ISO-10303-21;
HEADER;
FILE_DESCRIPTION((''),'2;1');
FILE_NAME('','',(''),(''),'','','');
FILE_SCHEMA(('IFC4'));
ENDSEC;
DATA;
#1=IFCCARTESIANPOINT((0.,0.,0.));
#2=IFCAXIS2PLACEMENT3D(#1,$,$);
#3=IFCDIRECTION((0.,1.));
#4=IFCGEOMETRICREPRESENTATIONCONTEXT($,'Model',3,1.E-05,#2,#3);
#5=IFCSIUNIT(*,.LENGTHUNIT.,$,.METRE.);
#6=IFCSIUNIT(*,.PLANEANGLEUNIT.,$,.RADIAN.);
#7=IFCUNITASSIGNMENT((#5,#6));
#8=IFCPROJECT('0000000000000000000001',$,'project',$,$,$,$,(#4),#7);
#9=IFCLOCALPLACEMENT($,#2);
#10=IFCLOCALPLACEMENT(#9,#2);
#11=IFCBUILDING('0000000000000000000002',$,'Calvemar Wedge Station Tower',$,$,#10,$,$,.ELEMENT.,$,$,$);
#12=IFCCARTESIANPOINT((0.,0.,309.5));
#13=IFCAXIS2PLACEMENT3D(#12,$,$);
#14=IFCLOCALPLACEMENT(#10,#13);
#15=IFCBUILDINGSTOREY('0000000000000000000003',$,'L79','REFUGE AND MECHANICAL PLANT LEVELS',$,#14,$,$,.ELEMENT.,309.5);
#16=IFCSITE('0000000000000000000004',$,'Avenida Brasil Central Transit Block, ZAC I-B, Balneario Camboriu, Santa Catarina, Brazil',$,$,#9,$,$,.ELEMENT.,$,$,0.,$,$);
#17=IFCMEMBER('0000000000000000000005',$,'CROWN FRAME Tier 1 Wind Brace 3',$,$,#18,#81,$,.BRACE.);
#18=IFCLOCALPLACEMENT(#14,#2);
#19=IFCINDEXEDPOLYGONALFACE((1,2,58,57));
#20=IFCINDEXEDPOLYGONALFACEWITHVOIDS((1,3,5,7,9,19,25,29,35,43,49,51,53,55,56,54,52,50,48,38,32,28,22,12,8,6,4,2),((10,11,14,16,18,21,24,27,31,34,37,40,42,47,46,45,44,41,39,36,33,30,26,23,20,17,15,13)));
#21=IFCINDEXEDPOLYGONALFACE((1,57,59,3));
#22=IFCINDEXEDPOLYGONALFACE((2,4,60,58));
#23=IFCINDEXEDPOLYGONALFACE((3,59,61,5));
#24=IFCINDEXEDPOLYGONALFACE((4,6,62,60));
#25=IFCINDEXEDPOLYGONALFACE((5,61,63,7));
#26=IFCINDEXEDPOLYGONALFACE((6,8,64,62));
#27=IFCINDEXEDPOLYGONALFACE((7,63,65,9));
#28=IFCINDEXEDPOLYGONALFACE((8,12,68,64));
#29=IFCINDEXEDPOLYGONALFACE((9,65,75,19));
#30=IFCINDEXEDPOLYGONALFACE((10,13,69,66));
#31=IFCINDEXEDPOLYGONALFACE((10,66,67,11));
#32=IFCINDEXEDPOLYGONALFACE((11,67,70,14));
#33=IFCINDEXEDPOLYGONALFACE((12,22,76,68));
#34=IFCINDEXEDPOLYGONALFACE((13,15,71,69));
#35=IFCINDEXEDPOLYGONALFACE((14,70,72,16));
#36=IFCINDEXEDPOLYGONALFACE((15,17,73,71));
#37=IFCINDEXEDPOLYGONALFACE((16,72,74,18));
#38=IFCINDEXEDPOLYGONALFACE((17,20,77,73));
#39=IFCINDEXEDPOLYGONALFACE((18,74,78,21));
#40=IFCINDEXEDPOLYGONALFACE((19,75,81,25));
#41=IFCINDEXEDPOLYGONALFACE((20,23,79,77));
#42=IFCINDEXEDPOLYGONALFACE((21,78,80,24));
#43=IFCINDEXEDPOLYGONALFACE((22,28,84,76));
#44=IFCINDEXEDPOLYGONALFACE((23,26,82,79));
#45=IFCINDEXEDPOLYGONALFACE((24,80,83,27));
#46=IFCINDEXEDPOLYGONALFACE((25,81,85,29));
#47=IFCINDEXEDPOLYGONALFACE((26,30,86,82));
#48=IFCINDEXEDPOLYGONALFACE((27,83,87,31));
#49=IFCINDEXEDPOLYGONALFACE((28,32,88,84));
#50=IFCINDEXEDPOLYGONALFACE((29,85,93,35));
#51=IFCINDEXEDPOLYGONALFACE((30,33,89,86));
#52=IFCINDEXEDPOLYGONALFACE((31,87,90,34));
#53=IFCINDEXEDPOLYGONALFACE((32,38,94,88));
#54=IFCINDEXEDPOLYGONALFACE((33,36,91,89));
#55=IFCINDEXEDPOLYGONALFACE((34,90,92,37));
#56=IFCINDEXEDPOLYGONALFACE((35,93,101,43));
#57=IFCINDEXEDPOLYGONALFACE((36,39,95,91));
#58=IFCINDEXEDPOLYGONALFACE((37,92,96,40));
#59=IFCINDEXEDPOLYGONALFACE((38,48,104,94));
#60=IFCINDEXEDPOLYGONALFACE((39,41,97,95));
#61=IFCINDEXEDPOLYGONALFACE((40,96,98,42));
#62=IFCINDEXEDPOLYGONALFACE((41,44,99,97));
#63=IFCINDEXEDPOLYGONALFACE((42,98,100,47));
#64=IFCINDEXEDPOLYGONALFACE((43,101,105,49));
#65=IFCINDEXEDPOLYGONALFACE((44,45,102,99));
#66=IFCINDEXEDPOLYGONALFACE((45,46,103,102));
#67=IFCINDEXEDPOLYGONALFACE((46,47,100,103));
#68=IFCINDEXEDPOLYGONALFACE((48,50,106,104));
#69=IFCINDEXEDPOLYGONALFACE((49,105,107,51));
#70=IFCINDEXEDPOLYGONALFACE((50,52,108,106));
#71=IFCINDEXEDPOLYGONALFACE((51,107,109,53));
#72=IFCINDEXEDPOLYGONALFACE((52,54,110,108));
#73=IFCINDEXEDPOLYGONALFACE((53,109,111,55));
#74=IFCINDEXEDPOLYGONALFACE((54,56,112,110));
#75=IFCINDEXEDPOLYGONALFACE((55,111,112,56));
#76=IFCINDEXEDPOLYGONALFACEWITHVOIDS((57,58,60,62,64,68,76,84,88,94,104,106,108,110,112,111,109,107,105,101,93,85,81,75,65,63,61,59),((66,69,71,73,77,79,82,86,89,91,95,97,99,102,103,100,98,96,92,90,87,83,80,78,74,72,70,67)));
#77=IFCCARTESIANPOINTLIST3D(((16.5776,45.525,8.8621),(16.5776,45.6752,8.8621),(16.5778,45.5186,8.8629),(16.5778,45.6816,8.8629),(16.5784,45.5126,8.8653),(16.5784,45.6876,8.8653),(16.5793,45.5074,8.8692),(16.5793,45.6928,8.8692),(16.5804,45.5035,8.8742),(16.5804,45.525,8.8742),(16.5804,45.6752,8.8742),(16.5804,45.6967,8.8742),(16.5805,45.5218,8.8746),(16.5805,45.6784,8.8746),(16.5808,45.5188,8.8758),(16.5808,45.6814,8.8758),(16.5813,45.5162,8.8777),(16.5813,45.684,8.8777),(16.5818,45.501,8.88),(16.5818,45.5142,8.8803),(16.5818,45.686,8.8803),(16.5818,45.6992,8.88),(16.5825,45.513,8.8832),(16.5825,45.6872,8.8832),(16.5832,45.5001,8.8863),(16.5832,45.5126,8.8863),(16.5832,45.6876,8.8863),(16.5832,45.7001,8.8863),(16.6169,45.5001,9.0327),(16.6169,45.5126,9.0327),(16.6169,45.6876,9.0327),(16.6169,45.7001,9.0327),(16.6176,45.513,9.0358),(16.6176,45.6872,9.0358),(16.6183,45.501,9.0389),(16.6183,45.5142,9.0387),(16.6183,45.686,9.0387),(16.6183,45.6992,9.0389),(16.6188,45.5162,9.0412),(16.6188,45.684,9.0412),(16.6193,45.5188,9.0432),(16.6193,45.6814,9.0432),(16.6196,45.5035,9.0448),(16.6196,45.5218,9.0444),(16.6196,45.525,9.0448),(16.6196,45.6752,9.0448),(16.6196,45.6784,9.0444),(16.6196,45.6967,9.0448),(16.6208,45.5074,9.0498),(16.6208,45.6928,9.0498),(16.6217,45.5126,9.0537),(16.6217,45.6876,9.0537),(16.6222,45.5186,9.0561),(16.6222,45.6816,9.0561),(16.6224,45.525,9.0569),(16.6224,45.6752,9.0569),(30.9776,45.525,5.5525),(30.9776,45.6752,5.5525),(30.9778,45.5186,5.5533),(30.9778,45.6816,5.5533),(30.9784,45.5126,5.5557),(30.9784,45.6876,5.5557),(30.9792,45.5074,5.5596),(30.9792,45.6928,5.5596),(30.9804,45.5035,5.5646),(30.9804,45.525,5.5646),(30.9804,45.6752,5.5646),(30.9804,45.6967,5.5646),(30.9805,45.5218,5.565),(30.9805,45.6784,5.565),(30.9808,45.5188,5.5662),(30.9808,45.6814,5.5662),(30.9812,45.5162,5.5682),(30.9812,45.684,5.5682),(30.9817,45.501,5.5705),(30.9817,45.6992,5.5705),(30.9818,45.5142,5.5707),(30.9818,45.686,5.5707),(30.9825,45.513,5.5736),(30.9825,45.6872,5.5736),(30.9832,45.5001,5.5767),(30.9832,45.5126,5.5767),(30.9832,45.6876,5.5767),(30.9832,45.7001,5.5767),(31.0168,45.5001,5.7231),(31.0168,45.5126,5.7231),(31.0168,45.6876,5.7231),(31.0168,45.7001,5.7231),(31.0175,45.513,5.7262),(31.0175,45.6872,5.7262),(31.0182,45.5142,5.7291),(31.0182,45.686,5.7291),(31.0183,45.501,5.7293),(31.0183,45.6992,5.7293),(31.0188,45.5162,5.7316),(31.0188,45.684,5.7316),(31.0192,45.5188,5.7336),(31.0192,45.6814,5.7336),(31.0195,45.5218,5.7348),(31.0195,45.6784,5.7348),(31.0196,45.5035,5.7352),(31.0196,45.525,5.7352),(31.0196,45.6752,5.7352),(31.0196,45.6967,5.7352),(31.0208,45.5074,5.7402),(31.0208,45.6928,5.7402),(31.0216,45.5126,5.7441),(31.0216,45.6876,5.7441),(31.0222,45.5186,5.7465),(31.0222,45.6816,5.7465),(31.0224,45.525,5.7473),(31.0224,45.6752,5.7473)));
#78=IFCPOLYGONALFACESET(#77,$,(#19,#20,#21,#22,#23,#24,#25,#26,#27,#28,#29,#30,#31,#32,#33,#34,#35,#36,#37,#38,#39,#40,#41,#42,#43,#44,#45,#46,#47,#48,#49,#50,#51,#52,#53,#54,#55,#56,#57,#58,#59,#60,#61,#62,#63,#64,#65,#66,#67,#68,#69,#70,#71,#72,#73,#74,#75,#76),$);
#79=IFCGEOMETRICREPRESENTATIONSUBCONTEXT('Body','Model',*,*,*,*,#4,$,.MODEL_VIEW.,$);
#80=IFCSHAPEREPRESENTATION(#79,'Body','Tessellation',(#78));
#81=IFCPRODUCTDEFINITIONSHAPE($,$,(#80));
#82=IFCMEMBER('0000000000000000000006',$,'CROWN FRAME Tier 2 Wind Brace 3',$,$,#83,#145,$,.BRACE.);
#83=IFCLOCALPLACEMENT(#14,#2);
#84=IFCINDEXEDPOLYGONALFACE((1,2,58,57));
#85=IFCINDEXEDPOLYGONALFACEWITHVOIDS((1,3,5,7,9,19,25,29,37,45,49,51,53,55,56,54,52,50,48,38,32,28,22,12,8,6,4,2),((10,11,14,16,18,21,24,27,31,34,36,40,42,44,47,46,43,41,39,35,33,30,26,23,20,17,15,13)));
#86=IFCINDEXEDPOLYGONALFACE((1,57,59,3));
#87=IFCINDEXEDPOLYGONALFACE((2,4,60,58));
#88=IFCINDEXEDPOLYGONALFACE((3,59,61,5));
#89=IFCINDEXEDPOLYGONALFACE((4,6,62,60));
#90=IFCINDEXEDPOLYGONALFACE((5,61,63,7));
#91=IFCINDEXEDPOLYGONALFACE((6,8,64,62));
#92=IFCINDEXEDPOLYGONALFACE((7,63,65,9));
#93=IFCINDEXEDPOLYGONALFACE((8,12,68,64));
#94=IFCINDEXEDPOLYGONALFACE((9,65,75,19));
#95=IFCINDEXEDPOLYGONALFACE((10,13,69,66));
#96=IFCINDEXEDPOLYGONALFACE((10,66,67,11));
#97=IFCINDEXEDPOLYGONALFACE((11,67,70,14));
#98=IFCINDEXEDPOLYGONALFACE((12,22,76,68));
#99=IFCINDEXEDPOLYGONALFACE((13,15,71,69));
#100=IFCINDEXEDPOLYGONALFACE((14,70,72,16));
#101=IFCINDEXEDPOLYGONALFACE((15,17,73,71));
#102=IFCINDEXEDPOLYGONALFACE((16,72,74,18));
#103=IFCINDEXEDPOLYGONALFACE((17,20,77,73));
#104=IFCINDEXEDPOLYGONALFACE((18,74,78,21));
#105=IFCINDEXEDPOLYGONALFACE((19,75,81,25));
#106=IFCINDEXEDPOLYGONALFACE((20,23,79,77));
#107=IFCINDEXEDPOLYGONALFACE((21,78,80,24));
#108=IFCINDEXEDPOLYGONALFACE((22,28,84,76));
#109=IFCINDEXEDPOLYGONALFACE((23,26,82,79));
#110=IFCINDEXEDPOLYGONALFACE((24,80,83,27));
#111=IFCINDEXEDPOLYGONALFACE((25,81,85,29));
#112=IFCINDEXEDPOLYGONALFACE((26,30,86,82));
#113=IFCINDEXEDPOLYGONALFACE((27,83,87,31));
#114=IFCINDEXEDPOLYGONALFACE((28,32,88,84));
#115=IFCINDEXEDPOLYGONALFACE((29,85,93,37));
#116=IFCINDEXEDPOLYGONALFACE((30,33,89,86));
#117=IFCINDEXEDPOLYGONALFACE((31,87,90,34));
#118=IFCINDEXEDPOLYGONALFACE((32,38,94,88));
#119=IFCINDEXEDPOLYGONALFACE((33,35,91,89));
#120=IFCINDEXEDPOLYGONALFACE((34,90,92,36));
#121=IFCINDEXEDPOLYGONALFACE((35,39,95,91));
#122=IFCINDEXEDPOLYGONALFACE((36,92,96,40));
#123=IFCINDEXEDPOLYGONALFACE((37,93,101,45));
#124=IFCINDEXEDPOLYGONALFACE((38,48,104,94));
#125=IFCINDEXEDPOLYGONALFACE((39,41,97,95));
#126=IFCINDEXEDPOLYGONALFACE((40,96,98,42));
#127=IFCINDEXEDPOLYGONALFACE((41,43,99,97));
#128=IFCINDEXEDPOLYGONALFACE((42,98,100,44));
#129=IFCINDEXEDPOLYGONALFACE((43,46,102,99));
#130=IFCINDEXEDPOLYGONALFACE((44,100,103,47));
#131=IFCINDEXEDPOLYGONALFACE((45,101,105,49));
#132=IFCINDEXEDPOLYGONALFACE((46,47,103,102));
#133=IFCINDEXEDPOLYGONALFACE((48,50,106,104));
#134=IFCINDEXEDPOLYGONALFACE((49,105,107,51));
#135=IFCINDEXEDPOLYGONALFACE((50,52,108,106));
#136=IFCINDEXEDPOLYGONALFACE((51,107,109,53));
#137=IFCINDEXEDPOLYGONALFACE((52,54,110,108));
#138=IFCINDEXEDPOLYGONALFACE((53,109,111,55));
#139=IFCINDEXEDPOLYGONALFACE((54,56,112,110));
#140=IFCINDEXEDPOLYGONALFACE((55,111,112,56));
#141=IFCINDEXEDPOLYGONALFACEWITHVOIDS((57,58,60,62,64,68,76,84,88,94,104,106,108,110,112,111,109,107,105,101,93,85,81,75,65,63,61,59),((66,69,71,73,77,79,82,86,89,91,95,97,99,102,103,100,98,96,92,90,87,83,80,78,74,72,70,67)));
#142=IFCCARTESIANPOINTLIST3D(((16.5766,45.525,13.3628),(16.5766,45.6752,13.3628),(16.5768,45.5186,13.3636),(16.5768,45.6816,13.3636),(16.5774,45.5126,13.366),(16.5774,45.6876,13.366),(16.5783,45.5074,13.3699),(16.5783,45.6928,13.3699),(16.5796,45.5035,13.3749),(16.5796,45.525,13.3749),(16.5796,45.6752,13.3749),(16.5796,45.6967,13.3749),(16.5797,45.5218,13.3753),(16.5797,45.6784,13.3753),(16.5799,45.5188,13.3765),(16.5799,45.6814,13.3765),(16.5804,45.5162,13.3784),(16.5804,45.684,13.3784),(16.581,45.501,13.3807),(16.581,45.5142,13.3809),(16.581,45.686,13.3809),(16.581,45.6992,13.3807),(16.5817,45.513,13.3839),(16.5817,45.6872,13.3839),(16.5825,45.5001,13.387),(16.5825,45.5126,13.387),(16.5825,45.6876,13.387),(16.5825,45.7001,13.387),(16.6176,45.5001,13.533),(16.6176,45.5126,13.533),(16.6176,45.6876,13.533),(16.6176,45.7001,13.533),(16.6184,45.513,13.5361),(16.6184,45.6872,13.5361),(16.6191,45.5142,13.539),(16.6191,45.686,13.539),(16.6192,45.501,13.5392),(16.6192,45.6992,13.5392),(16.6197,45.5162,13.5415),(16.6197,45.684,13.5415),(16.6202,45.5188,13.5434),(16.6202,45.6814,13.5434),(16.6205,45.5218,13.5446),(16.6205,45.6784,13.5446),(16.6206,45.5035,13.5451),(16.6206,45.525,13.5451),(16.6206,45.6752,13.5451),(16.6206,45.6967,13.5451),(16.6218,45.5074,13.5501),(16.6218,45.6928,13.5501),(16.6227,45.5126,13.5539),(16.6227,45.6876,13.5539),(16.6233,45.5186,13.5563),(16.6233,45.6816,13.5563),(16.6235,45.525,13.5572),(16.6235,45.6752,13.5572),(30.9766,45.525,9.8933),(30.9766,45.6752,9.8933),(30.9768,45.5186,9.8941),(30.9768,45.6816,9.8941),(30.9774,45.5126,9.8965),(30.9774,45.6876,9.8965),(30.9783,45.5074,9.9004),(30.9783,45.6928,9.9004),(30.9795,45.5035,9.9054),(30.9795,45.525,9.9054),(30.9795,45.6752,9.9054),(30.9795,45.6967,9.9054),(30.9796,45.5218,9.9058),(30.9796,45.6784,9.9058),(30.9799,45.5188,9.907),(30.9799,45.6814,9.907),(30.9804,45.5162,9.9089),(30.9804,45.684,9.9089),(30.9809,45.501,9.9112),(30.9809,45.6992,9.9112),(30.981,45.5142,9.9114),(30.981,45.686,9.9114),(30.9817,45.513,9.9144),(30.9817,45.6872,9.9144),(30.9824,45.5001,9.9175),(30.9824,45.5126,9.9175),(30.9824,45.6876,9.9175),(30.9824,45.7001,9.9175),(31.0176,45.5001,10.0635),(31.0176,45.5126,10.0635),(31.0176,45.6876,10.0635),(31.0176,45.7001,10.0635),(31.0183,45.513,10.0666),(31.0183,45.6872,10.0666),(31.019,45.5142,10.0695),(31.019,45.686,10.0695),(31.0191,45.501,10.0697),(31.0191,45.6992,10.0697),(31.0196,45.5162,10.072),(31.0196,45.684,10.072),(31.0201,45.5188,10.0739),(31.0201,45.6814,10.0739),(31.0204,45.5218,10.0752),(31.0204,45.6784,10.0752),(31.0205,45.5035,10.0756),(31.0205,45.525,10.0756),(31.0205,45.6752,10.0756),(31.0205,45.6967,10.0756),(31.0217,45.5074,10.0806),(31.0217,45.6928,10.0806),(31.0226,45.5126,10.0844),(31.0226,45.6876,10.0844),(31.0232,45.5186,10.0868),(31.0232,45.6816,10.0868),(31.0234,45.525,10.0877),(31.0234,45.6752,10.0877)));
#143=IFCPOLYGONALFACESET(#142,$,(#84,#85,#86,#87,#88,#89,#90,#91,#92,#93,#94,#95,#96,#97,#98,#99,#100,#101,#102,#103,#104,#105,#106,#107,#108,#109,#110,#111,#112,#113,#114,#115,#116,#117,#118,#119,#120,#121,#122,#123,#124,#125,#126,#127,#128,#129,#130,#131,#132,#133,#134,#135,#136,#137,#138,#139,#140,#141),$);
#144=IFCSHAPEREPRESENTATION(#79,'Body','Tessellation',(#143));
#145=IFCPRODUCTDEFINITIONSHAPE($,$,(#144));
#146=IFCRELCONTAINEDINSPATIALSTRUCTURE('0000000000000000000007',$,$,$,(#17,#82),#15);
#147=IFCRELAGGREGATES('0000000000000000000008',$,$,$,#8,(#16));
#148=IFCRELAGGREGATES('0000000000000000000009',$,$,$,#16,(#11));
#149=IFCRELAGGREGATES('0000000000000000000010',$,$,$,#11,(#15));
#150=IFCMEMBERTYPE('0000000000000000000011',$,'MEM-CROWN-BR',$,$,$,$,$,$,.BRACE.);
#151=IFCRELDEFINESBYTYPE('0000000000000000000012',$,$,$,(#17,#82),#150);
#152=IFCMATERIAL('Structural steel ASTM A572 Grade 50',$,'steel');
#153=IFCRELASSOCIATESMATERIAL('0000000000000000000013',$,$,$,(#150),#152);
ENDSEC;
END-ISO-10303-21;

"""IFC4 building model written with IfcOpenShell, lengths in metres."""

from ifc_helpers import new_model, si_unit, direction, frame, origin, origin_2d, place, context, subcontext, project, spatial, hollow_rectangle, extrude, source, transform, mapped, material, material_profile, profile_set, type_object, element, save


model = new_model("IFC4")

# Units and contexts
model_context = context("Model", 3, precision=1e-05, world=origin(), true_north=direction((0.0, 1.0)))
body_context = subcontext(model_context, "Body", "Model", "MODEL_VIEW")
ifc_project = project(units=[si_unit("LENGTHUNIT", "METRE"), si_unit("PLANEANGLEUNIT", "RADIAN")], contexts=[model_context])

# Site, building, storey
site_placement = place(None, origin())
site = spatial("IfcSite", under=ifc_project, at=site_placement, Name="Avenida Brasil Central Transit Block, ZAC I-B, Balneario Camboriu, Santa Catarina, Brazil", CompositionType="ELEMENT", RefElevation=0.0)
building_placement = place(site_placement, origin())
building = spatial("IfcBuilding", under=site, at=building_placement, Name="Calvemar Wedge Station Tower", CompositionType="ELEMENT")
storey_placement = place(building_placement, frame((0.0, 0.0, 309.5)))
storey = spatial("IfcBuildingStorey", under=building, at=storey_placement, Name="L79", Description="REFUGE AND MECHANICAL PLANT LEVELS", CompositionType="ELEMENT", Elevation=309.5)

# Shared definitions
ifc_material_1 = material(Name="Structural steel ASTM A572 Grade 50", Category="steel")

# Members
ifc_material_profile_1 = material_profile(ifc_material_1, hollow_rectangle(XDim=0.2, YDim=0.2, WallThickness=0.0125, InnerFilletRadius=0.0125, OuterFilletRadius=0.0249, at=origin_2d()), Name="HSS200x200x12.5")
ifc_profile_set_1 = profile_set([ifc_material_profile_1], Name="Structural steel ASTM A572 Grade 50")
member_type = type_object("IfcMemberType", Name="MEM-CROWN-BR", PredefinedType="BRACE", material=ifc_profile_set_1)
shared_shape_1 = source(origin(), body_context, "Body", "SweptSolid", [
    extrude(hollow_rectangle(XDim=0.2, YDim=0.2, WallThickness=0.0125, InnerFilletRadius=0.0125, OuterFilletRadius=0.0249, at=origin_2d()), origin(), (0.0, 0.0, 1.0), 14.7754),
])
member_1_placement = place(storey_placement, frame((31.0, 45.6001, 5.6499), z_axis=(-0.974591, 0.0, 0.223993), x_axis=(0.0, -1.0, 0.0)))
element("IfcMember", 1, at=member_1_placement, inside=storey, type_object=member_type, Name="CROWN FRAME Tier 1 Wind Brace 3", PredefinedType="BRACE", context=body_context, shape_type="MappedRepresentation", body=[
    mapped(shared_shape_1, transform((0.0, 0.0, 0.0), scale=1.0)),
])
shared_shape_2 = source(origin(), body_context, "Body", "SweptSolid", [
    extrude(hollow_rectangle(XDim=0.2, YDim=0.2, WallThickness=0.0125, InnerFilletRadius=0.0125, OuterFilletRadius=0.0249, at=origin_2d()), origin(), (0.0, 0.0, 1.0), 14.812),
])
member_2_placement = place(storey_placement, frame((31.0, 45.6001, 9.9905), z_axis=(-0.97218, 0.0, 0.234235), x_axis=(0.0, -1.0, 0.0)))
element("IfcMember", 2, at=member_2_placement, inside=storey, type_object=member_type, Name="CROWN FRAME Tier 2 Wind Brace 3", PredefinedType="BRACE", context=body_context, shape_type="MappedRepresentation", body=[
    mapped(shared_shape_2, transform((0.0, 0.0, 0.0), scale=1.0)),
])

save(model, "model.ifc")
